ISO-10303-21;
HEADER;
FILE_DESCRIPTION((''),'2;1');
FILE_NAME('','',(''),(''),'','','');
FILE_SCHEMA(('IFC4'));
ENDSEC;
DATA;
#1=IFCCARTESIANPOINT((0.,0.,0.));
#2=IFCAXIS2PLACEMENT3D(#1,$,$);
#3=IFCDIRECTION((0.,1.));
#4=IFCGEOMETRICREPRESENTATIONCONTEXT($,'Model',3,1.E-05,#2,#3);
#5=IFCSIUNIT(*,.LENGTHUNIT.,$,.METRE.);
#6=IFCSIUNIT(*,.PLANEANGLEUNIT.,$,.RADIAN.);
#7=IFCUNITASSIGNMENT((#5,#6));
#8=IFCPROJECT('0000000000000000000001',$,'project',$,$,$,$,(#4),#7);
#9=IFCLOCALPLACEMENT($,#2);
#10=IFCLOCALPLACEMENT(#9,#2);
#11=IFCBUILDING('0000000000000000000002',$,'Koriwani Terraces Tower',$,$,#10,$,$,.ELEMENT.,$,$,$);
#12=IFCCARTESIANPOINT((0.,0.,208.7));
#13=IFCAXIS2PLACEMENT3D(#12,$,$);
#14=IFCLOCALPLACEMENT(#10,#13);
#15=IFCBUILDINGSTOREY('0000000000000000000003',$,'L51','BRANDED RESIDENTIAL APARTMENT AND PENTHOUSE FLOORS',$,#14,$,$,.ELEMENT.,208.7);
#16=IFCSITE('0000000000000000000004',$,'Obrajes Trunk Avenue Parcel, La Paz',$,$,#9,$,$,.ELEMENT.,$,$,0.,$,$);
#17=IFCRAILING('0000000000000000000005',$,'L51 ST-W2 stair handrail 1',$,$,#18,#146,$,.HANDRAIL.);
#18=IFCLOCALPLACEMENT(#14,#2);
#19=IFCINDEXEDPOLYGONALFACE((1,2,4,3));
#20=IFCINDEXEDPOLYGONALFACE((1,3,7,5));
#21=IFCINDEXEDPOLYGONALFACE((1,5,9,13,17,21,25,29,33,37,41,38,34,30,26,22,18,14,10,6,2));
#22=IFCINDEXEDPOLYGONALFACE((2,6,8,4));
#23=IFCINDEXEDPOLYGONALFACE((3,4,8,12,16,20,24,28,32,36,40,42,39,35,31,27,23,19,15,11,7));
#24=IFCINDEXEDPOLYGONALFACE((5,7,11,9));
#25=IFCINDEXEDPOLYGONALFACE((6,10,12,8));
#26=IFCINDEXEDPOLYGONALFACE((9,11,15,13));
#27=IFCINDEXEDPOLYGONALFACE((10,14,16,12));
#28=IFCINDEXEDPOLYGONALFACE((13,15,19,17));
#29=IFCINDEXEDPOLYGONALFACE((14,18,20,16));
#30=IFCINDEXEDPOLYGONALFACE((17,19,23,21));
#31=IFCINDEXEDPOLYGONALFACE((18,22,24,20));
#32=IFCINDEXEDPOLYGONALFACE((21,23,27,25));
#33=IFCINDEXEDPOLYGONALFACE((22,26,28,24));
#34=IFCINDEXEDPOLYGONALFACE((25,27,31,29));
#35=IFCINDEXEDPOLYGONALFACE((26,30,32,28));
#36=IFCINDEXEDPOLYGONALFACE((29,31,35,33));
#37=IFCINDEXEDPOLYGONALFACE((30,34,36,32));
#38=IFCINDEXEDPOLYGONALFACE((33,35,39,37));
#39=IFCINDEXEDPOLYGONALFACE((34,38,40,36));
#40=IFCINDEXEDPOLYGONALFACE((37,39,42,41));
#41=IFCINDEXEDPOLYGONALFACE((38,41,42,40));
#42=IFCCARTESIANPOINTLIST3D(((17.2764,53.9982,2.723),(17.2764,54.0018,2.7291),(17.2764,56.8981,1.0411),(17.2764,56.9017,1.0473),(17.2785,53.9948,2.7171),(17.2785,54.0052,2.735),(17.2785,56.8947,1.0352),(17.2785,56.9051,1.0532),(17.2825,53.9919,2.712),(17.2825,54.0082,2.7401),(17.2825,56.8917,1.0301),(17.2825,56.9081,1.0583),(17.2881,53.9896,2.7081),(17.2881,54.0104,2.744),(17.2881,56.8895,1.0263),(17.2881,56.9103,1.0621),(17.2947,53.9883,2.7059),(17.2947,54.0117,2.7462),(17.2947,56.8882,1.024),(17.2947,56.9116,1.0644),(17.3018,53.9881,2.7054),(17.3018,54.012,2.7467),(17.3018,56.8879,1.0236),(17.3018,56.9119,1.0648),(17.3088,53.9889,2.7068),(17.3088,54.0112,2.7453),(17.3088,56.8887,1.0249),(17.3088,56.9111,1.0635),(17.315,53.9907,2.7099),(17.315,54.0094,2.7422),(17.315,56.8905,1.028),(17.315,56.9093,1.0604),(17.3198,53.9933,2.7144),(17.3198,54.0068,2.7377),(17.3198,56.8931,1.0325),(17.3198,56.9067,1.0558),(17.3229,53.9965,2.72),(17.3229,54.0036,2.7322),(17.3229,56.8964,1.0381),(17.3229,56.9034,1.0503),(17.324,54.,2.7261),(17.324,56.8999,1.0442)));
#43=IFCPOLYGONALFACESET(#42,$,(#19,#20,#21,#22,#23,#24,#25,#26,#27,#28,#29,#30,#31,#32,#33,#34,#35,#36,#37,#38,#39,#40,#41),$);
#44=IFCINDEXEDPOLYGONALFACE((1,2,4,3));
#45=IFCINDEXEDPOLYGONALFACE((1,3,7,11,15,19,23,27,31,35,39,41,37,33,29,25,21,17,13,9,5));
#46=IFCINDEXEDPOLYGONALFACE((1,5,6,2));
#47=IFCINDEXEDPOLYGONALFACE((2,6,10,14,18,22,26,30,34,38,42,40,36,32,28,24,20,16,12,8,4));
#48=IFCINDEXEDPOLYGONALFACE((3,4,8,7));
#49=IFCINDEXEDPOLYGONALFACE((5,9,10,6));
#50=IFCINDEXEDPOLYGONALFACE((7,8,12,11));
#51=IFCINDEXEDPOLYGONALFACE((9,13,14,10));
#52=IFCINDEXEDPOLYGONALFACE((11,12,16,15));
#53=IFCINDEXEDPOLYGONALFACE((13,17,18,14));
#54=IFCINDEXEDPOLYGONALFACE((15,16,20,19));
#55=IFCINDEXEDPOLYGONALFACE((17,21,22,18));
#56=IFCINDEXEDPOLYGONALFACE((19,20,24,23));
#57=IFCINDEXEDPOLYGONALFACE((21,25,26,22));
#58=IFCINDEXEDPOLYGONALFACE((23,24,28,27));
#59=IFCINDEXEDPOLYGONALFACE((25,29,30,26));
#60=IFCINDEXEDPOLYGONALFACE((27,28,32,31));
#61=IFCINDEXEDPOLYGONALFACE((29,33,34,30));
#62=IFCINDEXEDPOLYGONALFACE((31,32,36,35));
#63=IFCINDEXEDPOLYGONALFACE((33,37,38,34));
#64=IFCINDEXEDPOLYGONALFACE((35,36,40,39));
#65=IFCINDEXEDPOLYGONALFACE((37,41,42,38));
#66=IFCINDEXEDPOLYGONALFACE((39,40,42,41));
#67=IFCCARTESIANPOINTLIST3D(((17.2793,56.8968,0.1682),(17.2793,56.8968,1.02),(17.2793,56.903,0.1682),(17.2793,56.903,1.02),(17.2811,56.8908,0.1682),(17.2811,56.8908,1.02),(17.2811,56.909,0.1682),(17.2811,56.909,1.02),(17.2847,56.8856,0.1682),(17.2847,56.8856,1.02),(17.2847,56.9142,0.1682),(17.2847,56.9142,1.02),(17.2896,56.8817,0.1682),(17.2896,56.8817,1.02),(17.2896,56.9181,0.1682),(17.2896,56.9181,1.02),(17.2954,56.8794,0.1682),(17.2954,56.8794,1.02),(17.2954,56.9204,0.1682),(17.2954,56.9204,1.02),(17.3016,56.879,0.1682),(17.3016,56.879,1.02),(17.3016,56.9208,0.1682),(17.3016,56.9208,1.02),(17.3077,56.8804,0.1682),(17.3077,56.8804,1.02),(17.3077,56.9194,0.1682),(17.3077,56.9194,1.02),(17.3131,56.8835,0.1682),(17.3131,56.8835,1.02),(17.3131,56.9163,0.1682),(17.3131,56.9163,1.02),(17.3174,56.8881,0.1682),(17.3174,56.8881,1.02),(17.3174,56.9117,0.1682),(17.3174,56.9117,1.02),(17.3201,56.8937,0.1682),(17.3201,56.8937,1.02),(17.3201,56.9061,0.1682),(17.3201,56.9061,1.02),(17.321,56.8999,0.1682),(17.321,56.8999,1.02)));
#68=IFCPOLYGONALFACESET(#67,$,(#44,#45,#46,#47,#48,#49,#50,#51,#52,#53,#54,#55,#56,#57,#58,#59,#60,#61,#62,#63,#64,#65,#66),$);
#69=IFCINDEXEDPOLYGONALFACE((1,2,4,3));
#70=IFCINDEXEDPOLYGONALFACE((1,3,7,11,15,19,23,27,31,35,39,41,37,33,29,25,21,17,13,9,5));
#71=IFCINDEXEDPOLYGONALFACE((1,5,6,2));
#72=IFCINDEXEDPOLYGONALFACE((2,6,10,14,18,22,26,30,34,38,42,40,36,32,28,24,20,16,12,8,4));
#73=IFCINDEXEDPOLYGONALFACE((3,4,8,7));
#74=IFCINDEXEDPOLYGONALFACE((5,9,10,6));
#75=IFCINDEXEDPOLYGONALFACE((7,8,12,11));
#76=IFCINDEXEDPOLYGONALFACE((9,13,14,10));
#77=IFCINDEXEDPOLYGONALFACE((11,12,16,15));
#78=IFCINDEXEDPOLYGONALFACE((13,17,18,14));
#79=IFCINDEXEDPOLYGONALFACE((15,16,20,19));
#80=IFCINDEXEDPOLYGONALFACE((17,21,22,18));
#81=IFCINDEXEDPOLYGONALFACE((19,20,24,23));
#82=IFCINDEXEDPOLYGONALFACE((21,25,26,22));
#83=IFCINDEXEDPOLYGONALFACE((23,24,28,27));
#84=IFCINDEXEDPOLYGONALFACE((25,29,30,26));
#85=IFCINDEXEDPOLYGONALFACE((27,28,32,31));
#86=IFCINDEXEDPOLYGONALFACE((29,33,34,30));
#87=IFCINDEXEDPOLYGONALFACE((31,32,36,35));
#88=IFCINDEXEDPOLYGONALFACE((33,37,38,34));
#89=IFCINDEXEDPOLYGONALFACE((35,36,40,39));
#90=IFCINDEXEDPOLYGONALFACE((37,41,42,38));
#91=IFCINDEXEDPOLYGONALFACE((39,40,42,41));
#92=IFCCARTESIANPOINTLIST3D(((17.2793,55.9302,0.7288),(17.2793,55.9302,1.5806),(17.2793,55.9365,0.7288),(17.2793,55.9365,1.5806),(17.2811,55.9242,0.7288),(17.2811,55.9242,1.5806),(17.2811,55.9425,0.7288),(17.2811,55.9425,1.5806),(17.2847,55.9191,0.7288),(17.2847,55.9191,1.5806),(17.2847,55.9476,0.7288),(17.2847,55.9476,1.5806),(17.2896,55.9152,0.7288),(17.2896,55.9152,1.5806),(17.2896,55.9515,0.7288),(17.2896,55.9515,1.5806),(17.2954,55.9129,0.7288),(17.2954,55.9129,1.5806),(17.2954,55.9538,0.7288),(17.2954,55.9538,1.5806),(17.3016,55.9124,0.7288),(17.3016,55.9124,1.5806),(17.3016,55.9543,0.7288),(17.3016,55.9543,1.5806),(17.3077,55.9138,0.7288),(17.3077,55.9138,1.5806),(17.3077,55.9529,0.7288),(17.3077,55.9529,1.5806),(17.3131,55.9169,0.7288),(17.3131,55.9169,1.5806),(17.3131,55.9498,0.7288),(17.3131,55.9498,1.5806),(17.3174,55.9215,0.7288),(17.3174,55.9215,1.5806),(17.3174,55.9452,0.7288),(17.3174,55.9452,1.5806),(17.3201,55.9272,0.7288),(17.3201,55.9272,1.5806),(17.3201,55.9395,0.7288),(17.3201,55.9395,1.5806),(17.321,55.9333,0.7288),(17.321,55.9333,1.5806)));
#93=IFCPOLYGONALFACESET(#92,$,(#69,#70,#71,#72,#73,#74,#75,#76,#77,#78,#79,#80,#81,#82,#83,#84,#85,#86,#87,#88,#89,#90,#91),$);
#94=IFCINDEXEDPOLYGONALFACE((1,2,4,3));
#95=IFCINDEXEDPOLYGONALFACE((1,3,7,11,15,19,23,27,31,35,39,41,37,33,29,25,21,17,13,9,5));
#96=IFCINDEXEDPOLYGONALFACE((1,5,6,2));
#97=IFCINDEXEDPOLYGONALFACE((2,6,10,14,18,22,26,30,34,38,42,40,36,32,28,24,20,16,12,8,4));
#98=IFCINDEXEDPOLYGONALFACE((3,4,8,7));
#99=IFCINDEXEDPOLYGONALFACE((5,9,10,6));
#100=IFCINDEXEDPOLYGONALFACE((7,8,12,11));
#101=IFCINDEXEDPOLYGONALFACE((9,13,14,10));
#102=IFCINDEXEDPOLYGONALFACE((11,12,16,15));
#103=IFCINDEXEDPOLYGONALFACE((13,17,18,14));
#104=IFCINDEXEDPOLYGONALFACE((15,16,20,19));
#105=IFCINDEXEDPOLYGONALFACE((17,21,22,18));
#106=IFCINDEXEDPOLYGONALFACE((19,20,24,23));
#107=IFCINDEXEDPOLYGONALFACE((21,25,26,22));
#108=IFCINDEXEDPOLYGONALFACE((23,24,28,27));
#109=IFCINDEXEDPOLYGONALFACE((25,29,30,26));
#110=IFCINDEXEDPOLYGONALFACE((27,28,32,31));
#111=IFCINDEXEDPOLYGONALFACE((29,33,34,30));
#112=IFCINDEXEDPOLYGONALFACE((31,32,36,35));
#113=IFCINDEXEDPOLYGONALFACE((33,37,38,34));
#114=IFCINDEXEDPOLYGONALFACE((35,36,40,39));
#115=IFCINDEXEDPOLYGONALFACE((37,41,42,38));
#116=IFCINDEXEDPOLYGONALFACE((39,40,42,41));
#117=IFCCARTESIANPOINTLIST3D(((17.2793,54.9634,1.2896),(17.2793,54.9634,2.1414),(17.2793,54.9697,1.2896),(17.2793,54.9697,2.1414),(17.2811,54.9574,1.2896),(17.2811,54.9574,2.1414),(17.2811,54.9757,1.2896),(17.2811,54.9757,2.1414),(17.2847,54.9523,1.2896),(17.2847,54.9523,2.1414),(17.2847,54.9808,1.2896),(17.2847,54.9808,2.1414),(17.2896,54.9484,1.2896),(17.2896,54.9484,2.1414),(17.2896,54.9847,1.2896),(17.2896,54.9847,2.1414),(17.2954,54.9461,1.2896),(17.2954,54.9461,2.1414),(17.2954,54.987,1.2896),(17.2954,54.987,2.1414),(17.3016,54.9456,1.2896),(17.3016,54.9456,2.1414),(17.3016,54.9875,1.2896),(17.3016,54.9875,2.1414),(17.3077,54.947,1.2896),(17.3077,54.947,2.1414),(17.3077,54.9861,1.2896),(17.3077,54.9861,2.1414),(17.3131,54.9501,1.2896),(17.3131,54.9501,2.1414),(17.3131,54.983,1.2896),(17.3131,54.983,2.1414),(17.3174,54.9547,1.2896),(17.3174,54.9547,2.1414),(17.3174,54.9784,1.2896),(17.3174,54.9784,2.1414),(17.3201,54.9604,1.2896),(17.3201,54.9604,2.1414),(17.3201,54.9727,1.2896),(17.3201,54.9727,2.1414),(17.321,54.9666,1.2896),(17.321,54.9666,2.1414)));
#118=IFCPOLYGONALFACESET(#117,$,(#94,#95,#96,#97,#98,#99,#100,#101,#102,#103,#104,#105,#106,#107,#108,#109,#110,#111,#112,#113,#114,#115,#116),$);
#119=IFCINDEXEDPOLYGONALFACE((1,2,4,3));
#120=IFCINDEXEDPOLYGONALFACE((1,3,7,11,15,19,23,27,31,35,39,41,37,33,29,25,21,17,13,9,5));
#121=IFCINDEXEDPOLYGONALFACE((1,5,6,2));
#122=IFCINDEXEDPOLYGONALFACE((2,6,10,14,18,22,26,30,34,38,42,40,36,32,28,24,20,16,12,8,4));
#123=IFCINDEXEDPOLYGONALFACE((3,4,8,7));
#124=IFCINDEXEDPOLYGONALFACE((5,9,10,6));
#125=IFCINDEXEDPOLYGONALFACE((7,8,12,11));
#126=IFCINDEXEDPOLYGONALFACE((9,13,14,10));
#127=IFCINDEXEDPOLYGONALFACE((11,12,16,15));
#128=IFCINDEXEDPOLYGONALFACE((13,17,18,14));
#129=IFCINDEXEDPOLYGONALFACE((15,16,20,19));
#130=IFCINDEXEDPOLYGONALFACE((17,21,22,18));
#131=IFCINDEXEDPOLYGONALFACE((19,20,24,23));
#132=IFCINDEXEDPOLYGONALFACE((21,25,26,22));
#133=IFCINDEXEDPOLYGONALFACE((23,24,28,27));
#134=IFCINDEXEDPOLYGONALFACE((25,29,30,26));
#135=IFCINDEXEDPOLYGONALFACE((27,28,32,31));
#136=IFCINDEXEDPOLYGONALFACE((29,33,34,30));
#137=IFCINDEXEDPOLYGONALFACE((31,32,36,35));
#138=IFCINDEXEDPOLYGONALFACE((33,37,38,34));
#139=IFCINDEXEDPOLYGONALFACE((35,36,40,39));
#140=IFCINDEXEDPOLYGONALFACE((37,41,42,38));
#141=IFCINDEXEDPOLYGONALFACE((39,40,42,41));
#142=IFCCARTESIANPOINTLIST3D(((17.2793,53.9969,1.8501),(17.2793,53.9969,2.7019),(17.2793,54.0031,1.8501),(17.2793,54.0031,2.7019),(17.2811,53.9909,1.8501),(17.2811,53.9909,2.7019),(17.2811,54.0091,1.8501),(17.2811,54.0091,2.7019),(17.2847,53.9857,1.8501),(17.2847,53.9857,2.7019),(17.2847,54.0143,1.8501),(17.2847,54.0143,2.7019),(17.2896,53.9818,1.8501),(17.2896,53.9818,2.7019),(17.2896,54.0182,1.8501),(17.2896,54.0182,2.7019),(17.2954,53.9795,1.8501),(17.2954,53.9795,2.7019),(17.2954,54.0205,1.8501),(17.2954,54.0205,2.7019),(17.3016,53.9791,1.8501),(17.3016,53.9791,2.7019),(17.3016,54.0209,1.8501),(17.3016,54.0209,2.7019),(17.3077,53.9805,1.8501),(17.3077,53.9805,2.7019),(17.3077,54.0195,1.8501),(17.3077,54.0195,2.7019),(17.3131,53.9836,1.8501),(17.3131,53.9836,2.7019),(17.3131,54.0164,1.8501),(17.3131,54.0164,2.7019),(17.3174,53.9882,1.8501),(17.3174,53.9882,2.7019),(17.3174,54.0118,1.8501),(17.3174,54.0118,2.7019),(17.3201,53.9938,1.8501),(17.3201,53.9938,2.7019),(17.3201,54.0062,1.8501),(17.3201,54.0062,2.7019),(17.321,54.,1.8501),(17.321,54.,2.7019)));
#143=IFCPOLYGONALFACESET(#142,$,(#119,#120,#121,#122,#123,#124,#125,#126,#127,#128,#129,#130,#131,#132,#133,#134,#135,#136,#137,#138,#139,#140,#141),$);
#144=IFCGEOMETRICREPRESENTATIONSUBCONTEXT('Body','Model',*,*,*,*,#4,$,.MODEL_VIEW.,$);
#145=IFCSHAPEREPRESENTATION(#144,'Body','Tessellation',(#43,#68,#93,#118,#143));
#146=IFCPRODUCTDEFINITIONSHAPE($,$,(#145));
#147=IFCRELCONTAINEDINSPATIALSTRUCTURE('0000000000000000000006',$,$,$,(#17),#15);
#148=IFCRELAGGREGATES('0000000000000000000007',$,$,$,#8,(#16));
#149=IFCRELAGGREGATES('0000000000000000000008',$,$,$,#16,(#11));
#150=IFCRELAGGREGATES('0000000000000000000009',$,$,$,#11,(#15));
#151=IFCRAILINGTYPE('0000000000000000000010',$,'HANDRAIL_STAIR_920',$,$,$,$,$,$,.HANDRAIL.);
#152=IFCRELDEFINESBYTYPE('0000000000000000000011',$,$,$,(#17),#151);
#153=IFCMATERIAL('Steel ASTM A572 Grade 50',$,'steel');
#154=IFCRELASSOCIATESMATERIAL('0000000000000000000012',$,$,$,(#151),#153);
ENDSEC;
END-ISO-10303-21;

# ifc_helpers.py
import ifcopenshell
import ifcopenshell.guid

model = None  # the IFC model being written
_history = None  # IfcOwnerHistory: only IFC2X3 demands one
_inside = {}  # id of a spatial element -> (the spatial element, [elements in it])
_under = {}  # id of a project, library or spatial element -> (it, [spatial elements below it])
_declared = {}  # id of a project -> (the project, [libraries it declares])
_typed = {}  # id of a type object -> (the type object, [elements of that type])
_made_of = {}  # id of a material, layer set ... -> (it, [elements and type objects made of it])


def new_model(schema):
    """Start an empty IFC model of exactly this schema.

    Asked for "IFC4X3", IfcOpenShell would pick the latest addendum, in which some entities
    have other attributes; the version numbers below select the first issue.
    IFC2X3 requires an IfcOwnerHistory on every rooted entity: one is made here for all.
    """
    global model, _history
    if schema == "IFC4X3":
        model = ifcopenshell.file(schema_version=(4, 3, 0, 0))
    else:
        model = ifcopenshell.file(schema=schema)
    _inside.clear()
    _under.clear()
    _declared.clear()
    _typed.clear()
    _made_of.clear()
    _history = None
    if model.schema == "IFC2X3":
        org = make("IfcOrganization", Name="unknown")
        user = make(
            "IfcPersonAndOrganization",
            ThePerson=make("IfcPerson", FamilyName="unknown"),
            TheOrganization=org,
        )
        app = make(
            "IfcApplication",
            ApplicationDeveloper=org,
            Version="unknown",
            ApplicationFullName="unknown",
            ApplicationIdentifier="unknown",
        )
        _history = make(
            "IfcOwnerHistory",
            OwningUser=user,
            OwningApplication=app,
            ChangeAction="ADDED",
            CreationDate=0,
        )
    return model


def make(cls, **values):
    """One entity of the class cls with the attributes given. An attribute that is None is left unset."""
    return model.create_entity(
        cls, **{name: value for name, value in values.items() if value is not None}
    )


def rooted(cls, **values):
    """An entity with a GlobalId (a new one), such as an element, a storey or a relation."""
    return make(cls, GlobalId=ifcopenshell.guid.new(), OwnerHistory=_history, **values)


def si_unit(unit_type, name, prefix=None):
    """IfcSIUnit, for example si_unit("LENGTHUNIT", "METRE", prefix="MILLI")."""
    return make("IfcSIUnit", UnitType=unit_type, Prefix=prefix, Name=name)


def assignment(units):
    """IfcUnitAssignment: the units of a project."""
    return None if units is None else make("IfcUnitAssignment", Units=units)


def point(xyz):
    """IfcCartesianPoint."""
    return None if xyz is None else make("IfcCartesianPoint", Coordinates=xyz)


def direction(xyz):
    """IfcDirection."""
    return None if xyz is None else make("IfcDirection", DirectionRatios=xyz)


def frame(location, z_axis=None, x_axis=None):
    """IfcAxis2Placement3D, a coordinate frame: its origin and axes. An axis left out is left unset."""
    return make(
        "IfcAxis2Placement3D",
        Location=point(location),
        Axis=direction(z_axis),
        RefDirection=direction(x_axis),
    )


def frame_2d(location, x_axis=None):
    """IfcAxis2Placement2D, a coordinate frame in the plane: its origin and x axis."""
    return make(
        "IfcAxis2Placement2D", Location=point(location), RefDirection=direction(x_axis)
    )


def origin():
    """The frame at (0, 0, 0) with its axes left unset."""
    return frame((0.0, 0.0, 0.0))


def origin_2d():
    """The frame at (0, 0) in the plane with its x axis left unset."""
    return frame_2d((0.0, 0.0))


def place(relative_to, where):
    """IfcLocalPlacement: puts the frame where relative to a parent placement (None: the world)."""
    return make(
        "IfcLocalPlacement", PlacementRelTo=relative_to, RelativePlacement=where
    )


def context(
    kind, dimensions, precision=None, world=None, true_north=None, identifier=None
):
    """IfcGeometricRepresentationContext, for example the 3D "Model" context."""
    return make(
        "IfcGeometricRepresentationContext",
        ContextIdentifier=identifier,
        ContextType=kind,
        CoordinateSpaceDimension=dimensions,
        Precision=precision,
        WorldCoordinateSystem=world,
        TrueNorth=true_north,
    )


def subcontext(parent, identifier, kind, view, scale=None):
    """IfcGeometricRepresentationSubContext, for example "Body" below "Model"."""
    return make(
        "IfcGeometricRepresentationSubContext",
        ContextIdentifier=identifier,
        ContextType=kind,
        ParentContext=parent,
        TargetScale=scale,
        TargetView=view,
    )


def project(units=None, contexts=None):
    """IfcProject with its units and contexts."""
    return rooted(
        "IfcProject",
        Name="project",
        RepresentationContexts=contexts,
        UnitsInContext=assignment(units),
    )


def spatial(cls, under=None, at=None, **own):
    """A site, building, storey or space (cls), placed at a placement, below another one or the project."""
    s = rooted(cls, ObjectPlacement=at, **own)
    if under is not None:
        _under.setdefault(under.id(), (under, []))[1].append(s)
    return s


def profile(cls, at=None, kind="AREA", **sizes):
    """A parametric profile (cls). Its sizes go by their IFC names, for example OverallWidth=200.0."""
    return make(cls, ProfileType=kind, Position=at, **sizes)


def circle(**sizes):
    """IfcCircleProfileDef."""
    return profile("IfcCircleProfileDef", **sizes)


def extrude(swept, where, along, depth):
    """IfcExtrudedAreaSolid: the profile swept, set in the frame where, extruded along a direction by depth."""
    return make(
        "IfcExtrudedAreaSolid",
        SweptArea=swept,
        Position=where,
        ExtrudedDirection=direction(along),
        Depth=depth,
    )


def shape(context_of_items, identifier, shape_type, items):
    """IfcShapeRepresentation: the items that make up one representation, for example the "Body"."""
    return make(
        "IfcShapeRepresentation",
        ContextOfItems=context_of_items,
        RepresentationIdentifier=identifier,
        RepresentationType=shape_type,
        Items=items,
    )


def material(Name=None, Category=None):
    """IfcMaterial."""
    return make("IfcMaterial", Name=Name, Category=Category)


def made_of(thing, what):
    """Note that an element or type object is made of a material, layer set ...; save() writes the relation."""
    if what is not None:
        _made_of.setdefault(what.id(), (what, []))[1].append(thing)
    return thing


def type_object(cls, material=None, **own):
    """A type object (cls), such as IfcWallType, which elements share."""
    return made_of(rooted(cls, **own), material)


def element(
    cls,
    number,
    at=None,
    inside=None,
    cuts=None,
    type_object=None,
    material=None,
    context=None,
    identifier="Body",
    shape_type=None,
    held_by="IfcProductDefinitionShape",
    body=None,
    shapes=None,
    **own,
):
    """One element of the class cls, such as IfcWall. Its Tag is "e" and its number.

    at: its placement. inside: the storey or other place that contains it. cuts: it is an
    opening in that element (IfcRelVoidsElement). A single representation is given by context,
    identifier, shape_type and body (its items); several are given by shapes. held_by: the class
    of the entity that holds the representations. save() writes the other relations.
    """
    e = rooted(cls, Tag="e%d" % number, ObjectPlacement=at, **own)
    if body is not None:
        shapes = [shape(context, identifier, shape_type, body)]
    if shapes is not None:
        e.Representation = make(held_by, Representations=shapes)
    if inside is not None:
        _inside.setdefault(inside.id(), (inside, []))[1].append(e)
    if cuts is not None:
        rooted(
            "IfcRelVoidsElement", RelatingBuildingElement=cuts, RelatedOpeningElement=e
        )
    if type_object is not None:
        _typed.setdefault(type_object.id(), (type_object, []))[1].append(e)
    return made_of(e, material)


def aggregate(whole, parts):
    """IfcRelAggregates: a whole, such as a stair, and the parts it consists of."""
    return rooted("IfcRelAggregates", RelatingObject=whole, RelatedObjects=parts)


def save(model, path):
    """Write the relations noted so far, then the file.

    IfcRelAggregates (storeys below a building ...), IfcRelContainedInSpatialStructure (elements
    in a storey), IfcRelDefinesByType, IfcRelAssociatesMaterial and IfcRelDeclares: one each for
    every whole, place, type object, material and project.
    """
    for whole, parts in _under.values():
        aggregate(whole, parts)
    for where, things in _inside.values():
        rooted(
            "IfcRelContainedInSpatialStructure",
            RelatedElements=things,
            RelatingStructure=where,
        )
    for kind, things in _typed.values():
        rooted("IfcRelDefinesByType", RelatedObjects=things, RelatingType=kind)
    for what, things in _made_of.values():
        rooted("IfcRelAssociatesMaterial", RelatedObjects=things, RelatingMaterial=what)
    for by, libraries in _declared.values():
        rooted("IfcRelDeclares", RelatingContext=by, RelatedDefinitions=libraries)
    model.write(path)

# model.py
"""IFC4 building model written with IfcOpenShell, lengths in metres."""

from ifc_helpers import new_model, si_unit, direction, frame, origin, origin_2d, place, context, subcontext, project, spatial, circle, extrude, material, type_object, element, save


model = new_model("IFC4")

# Units and contexts
model_context = context("Model", 3, precision=1e-05, world=origin(), true_north=direction((0.0, 1.0)))
body_context = subcontext(model_context, "Body", "Model", "MODEL_VIEW")
ifc_project = project(units=[si_unit("LENGTHUNIT", "METRE"), si_unit("PLANEANGLEUNIT", "RADIAN")], contexts=[model_context])

# Site, building, storey
site_placement = place(None, origin())
site = spatial("IfcSite", under=ifc_project, at=site_placement, Name="Obrajes Trunk Avenue Parcel, La Paz", CompositionType="ELEMENT", RefElevation=0.0)
building_placement = place(site_placement, origin())
building = spatial("IfcBuilding", under=site, at=building_placement, Name="Koriwani Terraces Tower", CompositionType="ELEMENT")
storey_placement = place(building_placement, frame((0.0, 0.0, 208.7)))
storey = spatial("IfcBuildingStorey", under=building, at=storey_placement, Name="L51", Description="BRANDED RESIDENTIAL APARTMENT AND PENTHOUSE FLOORS", CompositionType="ELEMENT", Elevation=208.7)

# Shared definitions
ifc_material_1 = material(Name="Steel ASTM A572 Grade 50", Category="steel")

# Railing
railing_type_1 = type_object("IfcRailingType", Name="HANDRAIL_STAIR_920", PredefinedType="HANDRAIL", material=ifc_material_1)
railing_1_placement = place(storey_placement, frame((17.3, 56.8999, 0.1682)))
element("IfcRailing", 1, at=railing_1_placement, inside=storey, type_object=railing_type_1, Name="L51 ST-W2 stair handrail 1", PredefinedType="HANDRAIL", context=body_context, shape_type="SweptSolid", body=[
    extrude(circle(Radius=0.0239, at=origin_2d()), frame((0.0, 0.0, 0.876), z_axis=(0.0, -0.865039, 0.501705), x_axis=(1.0, 0.0, 0.0)), (0.0, 0.0, 1.0), 3.3523),
    extrude(circle(Radius=0.021, at=origin_2d()), origin(), (0.0, 0.0, 1.0), 0.8518),
    extrude(circle(Radius=0.021, at=origin_2d()), frame((0.0, -0.9666, 0.5605)), (0.0, 0.0, 1.0), 0.8518),
    extrude(circle(Radius=0.021, at=origin_2d()), frame((0.0, -1.9333, 1.1213)), (0.0, 0.0, 1.0), 0.8518),
    extrude(circle(Radius=0.021, at=origin_2d()), frame((0.0, -2.8999, 1.6819)), (0.0, 0.0, 1.0), 0.8518),
])

save(model, "model.ifc")
